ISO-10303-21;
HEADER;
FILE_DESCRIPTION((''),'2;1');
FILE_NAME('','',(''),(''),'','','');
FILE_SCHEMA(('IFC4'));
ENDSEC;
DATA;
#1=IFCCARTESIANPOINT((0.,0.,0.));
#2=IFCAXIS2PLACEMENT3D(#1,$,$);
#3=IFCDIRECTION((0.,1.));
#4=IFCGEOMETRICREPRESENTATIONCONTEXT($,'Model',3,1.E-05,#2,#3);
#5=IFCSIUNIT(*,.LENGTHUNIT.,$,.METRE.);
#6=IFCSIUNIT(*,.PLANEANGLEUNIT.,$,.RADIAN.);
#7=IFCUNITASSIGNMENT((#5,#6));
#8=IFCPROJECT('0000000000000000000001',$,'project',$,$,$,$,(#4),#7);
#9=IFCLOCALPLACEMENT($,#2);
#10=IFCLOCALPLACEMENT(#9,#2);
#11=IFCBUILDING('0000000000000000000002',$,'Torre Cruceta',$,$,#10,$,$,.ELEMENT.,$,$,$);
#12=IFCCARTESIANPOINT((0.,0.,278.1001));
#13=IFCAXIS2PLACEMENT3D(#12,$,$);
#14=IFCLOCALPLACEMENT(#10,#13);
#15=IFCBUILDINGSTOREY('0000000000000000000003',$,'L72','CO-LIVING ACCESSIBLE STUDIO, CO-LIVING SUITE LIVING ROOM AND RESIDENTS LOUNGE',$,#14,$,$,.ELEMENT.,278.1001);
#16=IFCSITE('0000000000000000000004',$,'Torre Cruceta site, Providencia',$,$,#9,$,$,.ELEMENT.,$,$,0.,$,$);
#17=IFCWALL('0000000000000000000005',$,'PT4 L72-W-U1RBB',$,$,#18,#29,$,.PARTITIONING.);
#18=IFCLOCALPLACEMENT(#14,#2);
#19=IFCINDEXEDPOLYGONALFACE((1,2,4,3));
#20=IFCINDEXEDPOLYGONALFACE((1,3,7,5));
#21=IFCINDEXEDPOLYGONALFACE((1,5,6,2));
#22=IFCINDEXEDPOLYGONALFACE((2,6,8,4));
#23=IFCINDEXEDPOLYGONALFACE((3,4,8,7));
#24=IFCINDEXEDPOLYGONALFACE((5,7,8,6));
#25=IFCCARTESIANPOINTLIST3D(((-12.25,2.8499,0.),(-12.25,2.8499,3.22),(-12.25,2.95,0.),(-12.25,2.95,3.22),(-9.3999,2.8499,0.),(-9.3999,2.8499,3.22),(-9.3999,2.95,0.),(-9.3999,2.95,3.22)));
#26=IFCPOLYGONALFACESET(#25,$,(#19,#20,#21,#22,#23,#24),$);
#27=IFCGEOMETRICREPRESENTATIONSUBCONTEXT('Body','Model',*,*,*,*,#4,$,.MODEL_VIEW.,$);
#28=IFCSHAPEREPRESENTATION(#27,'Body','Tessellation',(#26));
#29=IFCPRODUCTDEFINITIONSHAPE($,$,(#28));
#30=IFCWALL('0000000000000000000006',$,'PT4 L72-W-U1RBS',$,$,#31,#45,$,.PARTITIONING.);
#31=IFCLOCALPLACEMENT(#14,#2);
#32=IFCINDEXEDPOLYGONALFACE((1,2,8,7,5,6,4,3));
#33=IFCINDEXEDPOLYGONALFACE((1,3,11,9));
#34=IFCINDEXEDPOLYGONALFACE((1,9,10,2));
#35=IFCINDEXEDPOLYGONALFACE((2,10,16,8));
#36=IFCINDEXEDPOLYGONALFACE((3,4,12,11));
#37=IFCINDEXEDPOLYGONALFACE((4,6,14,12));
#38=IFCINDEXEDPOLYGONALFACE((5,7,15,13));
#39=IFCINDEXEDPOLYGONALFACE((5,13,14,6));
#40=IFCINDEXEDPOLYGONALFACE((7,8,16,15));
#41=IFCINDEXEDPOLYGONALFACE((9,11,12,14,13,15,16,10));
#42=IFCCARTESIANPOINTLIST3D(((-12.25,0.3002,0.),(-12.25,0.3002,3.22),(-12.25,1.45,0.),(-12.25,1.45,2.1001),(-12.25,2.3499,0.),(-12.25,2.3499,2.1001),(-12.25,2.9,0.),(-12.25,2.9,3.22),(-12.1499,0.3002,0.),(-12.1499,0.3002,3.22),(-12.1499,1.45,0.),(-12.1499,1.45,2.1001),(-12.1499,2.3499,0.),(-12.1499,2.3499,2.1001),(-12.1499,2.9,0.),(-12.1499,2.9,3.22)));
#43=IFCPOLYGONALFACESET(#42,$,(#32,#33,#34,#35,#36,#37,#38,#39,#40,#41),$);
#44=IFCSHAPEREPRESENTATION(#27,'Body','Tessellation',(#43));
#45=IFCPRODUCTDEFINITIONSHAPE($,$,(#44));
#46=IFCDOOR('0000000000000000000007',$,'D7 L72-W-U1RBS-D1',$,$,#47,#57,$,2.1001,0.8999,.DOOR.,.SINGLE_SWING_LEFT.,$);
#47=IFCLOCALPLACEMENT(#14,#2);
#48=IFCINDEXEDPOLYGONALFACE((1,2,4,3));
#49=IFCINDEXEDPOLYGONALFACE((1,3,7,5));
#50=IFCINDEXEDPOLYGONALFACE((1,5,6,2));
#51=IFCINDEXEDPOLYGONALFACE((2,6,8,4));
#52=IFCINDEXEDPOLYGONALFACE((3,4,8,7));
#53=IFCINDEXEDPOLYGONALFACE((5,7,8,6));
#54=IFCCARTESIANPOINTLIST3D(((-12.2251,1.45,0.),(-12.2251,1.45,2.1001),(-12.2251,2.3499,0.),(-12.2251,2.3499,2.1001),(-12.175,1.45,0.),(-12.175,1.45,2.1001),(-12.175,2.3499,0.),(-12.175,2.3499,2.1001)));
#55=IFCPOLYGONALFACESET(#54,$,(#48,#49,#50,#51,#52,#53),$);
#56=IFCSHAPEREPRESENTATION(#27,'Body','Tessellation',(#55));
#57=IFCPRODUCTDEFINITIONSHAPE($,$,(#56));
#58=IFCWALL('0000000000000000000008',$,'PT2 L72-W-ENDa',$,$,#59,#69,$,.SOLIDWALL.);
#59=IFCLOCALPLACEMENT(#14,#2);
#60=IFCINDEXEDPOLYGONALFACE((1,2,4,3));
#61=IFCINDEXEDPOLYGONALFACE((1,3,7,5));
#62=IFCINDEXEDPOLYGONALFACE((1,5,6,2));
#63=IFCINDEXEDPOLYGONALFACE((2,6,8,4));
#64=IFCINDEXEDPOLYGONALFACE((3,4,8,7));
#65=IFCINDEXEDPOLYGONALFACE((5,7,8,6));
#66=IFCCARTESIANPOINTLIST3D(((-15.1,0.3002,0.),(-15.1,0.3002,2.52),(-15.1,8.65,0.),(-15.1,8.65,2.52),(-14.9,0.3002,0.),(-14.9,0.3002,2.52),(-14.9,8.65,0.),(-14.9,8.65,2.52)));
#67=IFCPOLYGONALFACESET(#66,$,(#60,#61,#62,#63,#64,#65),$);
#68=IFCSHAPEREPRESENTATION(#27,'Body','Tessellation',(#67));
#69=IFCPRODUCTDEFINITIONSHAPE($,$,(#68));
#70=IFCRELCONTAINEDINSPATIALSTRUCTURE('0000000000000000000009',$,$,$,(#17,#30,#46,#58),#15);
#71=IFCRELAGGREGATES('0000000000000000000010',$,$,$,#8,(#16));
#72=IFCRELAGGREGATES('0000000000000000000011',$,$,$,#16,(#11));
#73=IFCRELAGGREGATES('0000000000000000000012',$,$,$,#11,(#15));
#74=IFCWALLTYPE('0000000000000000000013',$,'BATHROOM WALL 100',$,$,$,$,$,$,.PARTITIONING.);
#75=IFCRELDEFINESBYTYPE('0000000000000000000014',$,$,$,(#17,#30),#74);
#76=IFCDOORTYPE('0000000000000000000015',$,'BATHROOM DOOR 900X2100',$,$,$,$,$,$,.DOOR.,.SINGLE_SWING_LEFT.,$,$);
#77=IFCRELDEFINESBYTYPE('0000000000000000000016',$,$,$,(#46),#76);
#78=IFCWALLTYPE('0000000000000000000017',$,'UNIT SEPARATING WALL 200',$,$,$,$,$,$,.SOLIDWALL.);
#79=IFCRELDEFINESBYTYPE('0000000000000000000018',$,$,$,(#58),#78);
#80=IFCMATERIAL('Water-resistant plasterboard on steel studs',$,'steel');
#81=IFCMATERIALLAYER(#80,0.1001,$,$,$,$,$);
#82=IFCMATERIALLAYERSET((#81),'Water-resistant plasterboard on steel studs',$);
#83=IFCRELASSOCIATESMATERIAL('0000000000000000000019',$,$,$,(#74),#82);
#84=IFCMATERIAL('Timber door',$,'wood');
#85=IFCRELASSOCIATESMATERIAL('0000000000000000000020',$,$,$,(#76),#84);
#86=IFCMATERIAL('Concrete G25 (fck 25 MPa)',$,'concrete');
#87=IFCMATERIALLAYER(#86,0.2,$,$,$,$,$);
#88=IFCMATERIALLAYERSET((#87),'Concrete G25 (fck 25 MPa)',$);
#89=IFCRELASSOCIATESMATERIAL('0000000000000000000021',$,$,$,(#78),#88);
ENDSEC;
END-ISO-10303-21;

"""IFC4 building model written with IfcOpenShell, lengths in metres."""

from ifc_helpers import new_model, si_unit, direction, frame, frame_2d, origin, place, context, subcontext, project, spatial, rectangle, extrude, material, layer, layer_set, type_object, element, fill, save


model = new_model("IFC4")

# Units and contexts
model_context = context("Model", 3, precision=1e-05, world=origin(), true_north=direction((0.0, 1.0)))
body_context = subcontext(model_context, "Body", "Model", "MODEL_VIEW")
ifc_project = project(units=[si_unit("LENGTHUNIT", "METRE"), si_unit("PLANEANGLEUNIT", "RADIAN")], contexts=[model_context])

# Site, building, storey
site_placement = place(None, origin())
site = spatial("IfcSite", under=ifc_project, at=site_placement, Name="Torre Cruceta site, Providencia", CompositionType="ELEMENT", RefElevation=0.0)
building_placement = place(site_placement, origin())
building = spatial("IfcBuilding", under=site, at=building_placement, Name="Torre Cruceta", CompositionType="ELEMENT")
storey_placement = place(building_placement, frame((0.0, 0.0, 278.1001)))
storey = spatial("IfcBuildingStorey", under=building, at=storey_placement, Name="L72", Description="CO-LIVING ACCESSIBLE STUDIO, CO-LIVING SUITE LIVING ROOM AND RESIDENTS LOUNGE", CompositionType="ELEMENT", Elevation=278.1001)

# Wall
ifc_material_1 = material(Name="Water-resistant plasterboard on steel studs", Category="steel")
ifc_layer_1 = layer(ifc_material_1, 0.1001)
ifc_layer_set_1 = layer_set([ifc_layer_1], Name="Water-resistant plasterboard on steel studs")
wall_type_1 = type_object("IfcWallType", Name="BATHROOM WALL 100", PredefinedType="PARTITIONING", material=ifc_layer_set_1)
wall_1_placement = place(storey_placement, frame((-9.3999, 2.8999, 0.0), z_axis=(0.0, 0.0, 1.0), x_axis=(-1.0, 0.0, 0.0)))
element("IfcWall", 1, at=wall_1_placement, inside=storey, type_object=wall_type_1, Name="PT4 L72-W-U1RBB", PredefinedType="PARTITIONING", context=body_context, shape_type="SweptSolid", body=[
    extrude(rectangle(XDim=2.8501, YDim=0.1001, at=frame_2d((1.425, 0.0))), origin(), (0.0, 0.0, 1.0), 3.22),
])

# Wall, opening, door
wall_2_placement = place(storey_placement, frame((-12.2, 2.8999, 0.0), z_axis=(0.0, 0.0, 1.0), x_axis=(0.0, -1.0, 0.0)))
wall_2 = element("IfcWall", 2, at=wall_2_placement, inside=storey, type_object=wall_type_1, Name="PT4 L72-W-U1RBS", PredefinedType="PARTITIONING", context=body_context, shape_type="SweptSolid", body=[
    extrude(rectangle(XDim=2.5999, YDim=0.1001, at=frame_2d((1.2998, 0.0))), origin(), (0.0, 0.0, 1.0), 3.22),
])
opening_1_placement = place(wall_2_placement, frame((0.55, 0.0, 0.0)))
opening_1 = element("IfcOpeningElement", 3, at=opening_1_placement, cuts=wall_2, PredefinedType="OPENING", context=body_context, shape_type="SweptSolid", body=[
    extrude(rectangle(XDim=0.8999, YDim=2.1001, at=frame_2d((0.45, 1.05))), frame((0.0, 0.0601, 0.0), z_axis=(0.0, -1.0, 0.0), x_axis=(1.0, 0.0, 0.0)), (0.0, 0.0, 1.0), 0.1201),
])
ifc_material_2 = material(Name="Timber door", Category="wood")
door_type_1 = type_object("IfcDoorType", Name="BATHROOM DOOR 900X2100", OperationType="SINGLE_SWING_LEFT", PredefinedType="DOOR", material=ifc_material_2)
door_1_placement = place(opening_1_placement, origin())
door_1 = element("IfcDoor", 4, at=door_1_placement, inside=storey, type_object=door_type_1, Name="D7 L72-W-U1RBS-D1", OperationType="SINGLE_SWING_LEFT", OverallHeight=2.1001, OverallWidth=0.8999, PredefinedType="DOOR", context=body_context, shape_type="SweptSolid", body=[
    extrude(rectangle(XDim=0.8999, YDim=2.1001, at=frame_2d((0.45, 1.05))), frame((0.0, 0.0249, 0.0), z_axis=(0.0, -1.0, 0.0), x_axis=(1.0, 0.0, 0.0)), (0.0, 0.0, 1.0), 0.05),
])
fill(opening_1, door_1)

# Wall
ifc_material_3 = material(Name="Concrete G25 (fck 25 MPa)", Category="concrete")
ifc_layer_2 = layer(ifc_material_3, 0.2)
ifc_layer_set_2 = layer_set([ifc_layer_2], Name="Concrete G25 (fck 25 MPa)")
wall_type_2 = type_object("IfcWallType", Name="UNIT SEPARATING WALL 200", PredefinedType="SOLIDWALL", material=ifc_layer_set_2)
wall_3_placement = place(storey_placement, frame((-15.0, 8.6499, 0.0), z_axis=(0.0, 0.0, 1.0), x_axis=(0.0, -1.0, 0.0)))
element("IfcWall", 5, at=wall_3_placement, inside=storey, type_object=wall_type_2, Name="PT2 L72-W-ENDa", PredefinedType="SOLIDWALL", context=body_context, shape_type="SweptSolid", body=[
    extrude(rectangle(XDim=8.3499, YDim=0.2, at=frame_2d((4.1748, 0.0))), origin(), (0.0, 0.0, 1.0), 2.52),
])

save(model, "model.ifc")
